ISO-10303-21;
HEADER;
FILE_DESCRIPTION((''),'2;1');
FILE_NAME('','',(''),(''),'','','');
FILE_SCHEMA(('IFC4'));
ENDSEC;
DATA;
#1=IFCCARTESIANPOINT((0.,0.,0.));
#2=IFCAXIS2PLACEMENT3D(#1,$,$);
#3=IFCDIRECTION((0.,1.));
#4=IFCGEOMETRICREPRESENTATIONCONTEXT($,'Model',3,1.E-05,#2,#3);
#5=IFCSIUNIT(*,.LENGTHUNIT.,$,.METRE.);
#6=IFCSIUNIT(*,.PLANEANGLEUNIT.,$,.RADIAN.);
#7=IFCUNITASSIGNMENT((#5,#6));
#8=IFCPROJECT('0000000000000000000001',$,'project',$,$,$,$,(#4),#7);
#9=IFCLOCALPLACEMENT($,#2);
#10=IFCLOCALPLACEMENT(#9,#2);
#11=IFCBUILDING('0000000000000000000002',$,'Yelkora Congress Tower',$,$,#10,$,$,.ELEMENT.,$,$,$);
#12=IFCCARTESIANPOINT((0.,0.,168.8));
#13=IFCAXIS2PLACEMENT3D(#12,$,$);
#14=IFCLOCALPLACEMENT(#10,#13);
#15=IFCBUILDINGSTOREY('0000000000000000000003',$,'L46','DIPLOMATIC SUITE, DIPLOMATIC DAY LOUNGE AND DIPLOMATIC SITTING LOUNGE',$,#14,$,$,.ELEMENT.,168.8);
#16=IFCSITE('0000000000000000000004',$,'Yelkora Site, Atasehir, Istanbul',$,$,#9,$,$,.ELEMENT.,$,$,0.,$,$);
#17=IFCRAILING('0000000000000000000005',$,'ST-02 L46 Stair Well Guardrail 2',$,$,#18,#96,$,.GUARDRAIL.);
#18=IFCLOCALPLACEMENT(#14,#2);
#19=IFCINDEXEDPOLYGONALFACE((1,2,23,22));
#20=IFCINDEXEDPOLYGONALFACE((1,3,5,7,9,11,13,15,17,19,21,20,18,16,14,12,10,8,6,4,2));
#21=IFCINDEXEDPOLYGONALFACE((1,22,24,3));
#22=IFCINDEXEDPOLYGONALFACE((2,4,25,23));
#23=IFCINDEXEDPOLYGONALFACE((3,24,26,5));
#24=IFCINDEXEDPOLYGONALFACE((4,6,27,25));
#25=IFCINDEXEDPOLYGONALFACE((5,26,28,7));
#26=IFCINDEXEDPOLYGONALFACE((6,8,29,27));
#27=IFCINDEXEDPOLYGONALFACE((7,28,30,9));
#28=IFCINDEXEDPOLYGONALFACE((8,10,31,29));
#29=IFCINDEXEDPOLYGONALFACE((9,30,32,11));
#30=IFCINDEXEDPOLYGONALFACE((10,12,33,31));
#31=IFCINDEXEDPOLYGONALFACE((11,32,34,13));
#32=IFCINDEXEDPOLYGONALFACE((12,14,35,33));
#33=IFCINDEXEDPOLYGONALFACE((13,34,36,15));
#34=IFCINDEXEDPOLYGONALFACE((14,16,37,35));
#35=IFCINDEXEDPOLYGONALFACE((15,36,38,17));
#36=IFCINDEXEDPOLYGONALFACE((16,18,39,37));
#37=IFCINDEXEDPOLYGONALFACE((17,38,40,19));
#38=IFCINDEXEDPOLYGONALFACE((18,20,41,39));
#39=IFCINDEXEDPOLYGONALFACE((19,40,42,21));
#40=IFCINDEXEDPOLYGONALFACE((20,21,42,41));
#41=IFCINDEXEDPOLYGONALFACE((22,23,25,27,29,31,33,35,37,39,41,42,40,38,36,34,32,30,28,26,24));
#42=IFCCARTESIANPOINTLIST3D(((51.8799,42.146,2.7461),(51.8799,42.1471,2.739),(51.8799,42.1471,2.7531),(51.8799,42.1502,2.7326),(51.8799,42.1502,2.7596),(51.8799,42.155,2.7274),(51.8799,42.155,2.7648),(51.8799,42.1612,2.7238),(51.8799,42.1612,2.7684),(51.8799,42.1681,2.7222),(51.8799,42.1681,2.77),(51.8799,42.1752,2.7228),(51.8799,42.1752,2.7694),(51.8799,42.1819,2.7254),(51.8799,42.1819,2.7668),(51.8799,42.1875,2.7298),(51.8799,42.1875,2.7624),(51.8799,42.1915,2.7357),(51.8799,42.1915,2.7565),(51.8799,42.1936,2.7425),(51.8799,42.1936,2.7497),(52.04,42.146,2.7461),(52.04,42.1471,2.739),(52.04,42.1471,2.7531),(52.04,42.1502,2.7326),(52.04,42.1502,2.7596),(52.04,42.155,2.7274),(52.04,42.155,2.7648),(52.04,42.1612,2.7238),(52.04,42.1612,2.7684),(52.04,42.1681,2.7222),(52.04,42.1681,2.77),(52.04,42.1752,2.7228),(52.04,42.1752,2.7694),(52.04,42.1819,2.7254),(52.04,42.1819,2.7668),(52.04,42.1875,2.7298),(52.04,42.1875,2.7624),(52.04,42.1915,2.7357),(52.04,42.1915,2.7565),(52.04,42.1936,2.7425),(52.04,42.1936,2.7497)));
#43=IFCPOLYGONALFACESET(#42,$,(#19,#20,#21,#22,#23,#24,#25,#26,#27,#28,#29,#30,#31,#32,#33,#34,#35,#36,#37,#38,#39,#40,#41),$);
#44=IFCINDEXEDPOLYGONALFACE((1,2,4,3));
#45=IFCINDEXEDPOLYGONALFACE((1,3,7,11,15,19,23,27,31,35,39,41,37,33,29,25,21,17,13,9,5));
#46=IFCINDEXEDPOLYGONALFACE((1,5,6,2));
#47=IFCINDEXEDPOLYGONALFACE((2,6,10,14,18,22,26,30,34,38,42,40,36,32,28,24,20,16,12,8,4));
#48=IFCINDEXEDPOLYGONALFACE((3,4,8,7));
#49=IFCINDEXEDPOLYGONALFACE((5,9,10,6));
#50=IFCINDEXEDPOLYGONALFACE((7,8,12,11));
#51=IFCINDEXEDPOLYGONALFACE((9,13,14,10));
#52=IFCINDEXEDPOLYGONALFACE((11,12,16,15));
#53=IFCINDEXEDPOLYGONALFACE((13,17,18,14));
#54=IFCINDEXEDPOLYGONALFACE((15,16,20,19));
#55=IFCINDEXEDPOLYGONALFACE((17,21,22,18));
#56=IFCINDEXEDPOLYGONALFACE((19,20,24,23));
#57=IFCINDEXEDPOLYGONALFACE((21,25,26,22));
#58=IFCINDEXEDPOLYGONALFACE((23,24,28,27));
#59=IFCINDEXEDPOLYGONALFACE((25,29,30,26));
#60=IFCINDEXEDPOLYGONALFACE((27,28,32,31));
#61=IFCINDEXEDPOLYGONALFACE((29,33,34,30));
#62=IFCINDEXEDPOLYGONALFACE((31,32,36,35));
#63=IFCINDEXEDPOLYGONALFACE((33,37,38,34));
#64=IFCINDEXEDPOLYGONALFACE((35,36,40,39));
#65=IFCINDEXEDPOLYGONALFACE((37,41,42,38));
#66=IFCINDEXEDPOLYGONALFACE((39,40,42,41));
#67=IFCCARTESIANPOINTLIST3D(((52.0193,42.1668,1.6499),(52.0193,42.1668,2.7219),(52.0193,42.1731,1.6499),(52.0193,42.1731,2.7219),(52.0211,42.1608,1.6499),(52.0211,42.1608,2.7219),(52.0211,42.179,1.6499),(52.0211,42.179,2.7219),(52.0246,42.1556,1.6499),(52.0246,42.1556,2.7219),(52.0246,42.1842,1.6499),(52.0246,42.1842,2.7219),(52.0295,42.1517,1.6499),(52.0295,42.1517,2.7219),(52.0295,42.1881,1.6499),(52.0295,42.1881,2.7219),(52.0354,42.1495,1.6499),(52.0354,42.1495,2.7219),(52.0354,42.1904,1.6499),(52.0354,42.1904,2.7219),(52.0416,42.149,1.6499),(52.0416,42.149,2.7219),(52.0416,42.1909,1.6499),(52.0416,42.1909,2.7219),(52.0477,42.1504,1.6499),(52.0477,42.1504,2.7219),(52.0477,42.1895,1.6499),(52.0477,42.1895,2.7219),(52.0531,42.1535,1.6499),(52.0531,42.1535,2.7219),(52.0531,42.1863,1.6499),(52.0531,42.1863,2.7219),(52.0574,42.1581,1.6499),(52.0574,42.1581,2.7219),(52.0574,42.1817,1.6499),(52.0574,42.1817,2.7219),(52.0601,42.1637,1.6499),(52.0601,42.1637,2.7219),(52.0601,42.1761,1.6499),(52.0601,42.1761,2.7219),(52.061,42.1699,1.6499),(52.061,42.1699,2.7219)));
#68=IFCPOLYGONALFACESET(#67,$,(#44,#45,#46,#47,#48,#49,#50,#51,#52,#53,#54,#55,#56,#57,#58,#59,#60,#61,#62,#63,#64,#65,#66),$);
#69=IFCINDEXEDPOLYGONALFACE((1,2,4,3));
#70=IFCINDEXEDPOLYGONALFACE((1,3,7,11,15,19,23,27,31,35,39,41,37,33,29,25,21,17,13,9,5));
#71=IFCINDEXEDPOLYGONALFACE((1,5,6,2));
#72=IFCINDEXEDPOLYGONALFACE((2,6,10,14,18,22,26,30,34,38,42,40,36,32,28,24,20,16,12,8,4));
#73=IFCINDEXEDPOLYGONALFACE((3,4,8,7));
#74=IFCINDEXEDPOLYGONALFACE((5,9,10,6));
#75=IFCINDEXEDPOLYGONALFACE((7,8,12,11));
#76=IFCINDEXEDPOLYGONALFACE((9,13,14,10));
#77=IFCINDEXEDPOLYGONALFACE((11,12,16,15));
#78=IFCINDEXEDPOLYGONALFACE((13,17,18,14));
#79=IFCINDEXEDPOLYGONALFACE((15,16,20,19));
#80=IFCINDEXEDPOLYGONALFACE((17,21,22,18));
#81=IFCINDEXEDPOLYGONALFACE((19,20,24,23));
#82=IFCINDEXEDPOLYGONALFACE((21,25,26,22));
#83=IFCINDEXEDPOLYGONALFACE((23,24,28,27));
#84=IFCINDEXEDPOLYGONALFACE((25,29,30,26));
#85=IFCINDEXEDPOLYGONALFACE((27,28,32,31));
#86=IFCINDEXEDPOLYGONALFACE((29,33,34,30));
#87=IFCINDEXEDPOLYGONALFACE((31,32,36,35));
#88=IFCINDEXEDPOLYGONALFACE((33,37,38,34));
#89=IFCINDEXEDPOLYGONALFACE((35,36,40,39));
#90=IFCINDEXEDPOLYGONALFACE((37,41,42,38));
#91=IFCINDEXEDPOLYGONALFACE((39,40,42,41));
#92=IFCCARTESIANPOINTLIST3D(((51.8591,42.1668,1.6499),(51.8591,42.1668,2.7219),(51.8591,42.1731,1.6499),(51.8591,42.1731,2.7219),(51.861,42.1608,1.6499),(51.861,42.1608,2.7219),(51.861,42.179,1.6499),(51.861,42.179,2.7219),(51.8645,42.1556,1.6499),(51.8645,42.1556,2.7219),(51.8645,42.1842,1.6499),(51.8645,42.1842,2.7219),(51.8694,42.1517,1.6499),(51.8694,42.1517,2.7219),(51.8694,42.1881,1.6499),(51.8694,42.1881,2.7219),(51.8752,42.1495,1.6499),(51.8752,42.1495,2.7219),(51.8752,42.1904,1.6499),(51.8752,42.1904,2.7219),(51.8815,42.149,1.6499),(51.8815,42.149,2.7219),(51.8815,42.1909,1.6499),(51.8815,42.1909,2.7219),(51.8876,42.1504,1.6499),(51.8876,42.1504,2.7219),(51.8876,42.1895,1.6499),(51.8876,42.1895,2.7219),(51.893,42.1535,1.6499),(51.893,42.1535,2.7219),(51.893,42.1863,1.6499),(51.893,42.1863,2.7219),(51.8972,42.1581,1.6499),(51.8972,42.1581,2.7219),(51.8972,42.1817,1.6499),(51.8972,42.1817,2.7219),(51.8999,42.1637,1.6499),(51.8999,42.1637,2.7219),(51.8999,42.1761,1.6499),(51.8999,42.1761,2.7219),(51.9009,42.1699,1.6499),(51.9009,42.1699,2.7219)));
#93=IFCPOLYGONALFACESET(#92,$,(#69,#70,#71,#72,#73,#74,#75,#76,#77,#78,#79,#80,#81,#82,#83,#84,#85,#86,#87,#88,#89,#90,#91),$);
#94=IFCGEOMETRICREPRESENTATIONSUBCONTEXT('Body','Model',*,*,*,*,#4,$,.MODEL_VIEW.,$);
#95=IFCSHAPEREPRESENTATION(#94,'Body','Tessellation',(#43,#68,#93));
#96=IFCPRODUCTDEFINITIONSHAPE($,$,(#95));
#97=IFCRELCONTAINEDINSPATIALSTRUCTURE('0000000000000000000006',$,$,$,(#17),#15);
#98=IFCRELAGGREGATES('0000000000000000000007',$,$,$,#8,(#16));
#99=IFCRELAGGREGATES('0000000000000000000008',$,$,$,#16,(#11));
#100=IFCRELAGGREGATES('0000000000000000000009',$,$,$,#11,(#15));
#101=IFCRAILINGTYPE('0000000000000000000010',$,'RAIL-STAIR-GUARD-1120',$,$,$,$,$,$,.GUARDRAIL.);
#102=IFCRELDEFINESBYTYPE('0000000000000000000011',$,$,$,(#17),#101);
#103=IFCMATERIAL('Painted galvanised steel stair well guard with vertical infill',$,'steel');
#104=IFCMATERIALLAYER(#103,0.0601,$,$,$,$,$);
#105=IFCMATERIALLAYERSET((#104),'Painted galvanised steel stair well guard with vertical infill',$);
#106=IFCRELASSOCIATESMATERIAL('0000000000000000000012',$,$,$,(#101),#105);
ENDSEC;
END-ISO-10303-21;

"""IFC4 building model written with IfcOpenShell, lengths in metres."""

from ifc_helpers import new_model, si_unit, direction, frame, origin, origin_2d, place, context, subcontext, project, spatial, circle, extrude, material, layer, layer_set, type_object, element, save


model = new_model("IFC4")

# Units and contexts
model_context = context("Model", 3, precision=1e-05, world=origin(), true_north=direction((0.0, 1.0)))
body_context = subcontext(model_context, "Body", "Model", "MODEL_VIEW")
ifc_project = project(units=[si_unit("LENGTHUNIT", "METRE"), si_unit("PLANEANGLEUNIT", "RADIAN")], contexts=[model_context])

# Site, building, storey
site_placement = place(None, origin())
site = spatial("IfcSite", under=ifc_project, at=site_placement, Name="Yelkora Site, Atasehir, Istanbul", CompositionType="ELEMENT", RefElevation=0.0)
building_placement = place(site_placement, origin())
building = spatial("IfcBuilding", under=site, at=building_placement, Name="Yelkora Congress Tower", CompositionType="ELEMENT")
storey_placement = place(building_placement, frame((0.0, 0.0, 168.8)))
storey = spatial("IfcBuildingStorey", under=building, at=storey_placement, Name="L46", Description="DIPLOMATIC SUITE, DIPLOMATIC DAY LOUNGE AND DIPLOMATIC SITTING LOUNGE", CompositionType="ELEMENT", Elevation=168.8)

# Railing
ifc_material_1 = material(Name="Painted galvanised steel stair well guard with vertical infill", Category="steel")
ifc_layer_1 = layer(ifc_material_1, 0.0601)
ifc_layer_set_1 = layer_set([ifc_layer_1], Name="Painted galvanised steel stair well guard with vertical infill")
railing_type_1 = type_object("IfcRailingType", Name="RAIL-STAIR-GUARD-1120", PredefinedType="GUARDRAIL", material=ifc_layer_set_1)
railing_1_placement = place(storey_placement, frame((52.04, 42.1699, 1.6499)))
element("IfcRailing", 1, at=railing_1_placement, inside=storey, type_object=railing_type_1, Name="ST-02 L46 Stair Well Guardrail 2", PredefinedType="GUARDRAIL", context=body_context, shape_type="SweptSolid", body=[
    extrude(circle(Radius=0.0239, at=origin_2d()), frame((0.0, 0.0, 1.0962), z_axis=(-1.0, 0.0, 0.0), x_axis=(0.0, -1.0, 0.0)), (0.0, 0.0, 1.0), 0.1602),
    extrude(circle(Radius=0.021, at=origin_2d()), origin(), (0.0, 0.0, 1.0), 1.072),
    extrude(circle(Radius=0.021, at=origin_2d()), frame((-0.1602, 0.0, 0.0)), (0.0, 0.0, 1.0), 1.072),
])

save(model, "model.ifc")
